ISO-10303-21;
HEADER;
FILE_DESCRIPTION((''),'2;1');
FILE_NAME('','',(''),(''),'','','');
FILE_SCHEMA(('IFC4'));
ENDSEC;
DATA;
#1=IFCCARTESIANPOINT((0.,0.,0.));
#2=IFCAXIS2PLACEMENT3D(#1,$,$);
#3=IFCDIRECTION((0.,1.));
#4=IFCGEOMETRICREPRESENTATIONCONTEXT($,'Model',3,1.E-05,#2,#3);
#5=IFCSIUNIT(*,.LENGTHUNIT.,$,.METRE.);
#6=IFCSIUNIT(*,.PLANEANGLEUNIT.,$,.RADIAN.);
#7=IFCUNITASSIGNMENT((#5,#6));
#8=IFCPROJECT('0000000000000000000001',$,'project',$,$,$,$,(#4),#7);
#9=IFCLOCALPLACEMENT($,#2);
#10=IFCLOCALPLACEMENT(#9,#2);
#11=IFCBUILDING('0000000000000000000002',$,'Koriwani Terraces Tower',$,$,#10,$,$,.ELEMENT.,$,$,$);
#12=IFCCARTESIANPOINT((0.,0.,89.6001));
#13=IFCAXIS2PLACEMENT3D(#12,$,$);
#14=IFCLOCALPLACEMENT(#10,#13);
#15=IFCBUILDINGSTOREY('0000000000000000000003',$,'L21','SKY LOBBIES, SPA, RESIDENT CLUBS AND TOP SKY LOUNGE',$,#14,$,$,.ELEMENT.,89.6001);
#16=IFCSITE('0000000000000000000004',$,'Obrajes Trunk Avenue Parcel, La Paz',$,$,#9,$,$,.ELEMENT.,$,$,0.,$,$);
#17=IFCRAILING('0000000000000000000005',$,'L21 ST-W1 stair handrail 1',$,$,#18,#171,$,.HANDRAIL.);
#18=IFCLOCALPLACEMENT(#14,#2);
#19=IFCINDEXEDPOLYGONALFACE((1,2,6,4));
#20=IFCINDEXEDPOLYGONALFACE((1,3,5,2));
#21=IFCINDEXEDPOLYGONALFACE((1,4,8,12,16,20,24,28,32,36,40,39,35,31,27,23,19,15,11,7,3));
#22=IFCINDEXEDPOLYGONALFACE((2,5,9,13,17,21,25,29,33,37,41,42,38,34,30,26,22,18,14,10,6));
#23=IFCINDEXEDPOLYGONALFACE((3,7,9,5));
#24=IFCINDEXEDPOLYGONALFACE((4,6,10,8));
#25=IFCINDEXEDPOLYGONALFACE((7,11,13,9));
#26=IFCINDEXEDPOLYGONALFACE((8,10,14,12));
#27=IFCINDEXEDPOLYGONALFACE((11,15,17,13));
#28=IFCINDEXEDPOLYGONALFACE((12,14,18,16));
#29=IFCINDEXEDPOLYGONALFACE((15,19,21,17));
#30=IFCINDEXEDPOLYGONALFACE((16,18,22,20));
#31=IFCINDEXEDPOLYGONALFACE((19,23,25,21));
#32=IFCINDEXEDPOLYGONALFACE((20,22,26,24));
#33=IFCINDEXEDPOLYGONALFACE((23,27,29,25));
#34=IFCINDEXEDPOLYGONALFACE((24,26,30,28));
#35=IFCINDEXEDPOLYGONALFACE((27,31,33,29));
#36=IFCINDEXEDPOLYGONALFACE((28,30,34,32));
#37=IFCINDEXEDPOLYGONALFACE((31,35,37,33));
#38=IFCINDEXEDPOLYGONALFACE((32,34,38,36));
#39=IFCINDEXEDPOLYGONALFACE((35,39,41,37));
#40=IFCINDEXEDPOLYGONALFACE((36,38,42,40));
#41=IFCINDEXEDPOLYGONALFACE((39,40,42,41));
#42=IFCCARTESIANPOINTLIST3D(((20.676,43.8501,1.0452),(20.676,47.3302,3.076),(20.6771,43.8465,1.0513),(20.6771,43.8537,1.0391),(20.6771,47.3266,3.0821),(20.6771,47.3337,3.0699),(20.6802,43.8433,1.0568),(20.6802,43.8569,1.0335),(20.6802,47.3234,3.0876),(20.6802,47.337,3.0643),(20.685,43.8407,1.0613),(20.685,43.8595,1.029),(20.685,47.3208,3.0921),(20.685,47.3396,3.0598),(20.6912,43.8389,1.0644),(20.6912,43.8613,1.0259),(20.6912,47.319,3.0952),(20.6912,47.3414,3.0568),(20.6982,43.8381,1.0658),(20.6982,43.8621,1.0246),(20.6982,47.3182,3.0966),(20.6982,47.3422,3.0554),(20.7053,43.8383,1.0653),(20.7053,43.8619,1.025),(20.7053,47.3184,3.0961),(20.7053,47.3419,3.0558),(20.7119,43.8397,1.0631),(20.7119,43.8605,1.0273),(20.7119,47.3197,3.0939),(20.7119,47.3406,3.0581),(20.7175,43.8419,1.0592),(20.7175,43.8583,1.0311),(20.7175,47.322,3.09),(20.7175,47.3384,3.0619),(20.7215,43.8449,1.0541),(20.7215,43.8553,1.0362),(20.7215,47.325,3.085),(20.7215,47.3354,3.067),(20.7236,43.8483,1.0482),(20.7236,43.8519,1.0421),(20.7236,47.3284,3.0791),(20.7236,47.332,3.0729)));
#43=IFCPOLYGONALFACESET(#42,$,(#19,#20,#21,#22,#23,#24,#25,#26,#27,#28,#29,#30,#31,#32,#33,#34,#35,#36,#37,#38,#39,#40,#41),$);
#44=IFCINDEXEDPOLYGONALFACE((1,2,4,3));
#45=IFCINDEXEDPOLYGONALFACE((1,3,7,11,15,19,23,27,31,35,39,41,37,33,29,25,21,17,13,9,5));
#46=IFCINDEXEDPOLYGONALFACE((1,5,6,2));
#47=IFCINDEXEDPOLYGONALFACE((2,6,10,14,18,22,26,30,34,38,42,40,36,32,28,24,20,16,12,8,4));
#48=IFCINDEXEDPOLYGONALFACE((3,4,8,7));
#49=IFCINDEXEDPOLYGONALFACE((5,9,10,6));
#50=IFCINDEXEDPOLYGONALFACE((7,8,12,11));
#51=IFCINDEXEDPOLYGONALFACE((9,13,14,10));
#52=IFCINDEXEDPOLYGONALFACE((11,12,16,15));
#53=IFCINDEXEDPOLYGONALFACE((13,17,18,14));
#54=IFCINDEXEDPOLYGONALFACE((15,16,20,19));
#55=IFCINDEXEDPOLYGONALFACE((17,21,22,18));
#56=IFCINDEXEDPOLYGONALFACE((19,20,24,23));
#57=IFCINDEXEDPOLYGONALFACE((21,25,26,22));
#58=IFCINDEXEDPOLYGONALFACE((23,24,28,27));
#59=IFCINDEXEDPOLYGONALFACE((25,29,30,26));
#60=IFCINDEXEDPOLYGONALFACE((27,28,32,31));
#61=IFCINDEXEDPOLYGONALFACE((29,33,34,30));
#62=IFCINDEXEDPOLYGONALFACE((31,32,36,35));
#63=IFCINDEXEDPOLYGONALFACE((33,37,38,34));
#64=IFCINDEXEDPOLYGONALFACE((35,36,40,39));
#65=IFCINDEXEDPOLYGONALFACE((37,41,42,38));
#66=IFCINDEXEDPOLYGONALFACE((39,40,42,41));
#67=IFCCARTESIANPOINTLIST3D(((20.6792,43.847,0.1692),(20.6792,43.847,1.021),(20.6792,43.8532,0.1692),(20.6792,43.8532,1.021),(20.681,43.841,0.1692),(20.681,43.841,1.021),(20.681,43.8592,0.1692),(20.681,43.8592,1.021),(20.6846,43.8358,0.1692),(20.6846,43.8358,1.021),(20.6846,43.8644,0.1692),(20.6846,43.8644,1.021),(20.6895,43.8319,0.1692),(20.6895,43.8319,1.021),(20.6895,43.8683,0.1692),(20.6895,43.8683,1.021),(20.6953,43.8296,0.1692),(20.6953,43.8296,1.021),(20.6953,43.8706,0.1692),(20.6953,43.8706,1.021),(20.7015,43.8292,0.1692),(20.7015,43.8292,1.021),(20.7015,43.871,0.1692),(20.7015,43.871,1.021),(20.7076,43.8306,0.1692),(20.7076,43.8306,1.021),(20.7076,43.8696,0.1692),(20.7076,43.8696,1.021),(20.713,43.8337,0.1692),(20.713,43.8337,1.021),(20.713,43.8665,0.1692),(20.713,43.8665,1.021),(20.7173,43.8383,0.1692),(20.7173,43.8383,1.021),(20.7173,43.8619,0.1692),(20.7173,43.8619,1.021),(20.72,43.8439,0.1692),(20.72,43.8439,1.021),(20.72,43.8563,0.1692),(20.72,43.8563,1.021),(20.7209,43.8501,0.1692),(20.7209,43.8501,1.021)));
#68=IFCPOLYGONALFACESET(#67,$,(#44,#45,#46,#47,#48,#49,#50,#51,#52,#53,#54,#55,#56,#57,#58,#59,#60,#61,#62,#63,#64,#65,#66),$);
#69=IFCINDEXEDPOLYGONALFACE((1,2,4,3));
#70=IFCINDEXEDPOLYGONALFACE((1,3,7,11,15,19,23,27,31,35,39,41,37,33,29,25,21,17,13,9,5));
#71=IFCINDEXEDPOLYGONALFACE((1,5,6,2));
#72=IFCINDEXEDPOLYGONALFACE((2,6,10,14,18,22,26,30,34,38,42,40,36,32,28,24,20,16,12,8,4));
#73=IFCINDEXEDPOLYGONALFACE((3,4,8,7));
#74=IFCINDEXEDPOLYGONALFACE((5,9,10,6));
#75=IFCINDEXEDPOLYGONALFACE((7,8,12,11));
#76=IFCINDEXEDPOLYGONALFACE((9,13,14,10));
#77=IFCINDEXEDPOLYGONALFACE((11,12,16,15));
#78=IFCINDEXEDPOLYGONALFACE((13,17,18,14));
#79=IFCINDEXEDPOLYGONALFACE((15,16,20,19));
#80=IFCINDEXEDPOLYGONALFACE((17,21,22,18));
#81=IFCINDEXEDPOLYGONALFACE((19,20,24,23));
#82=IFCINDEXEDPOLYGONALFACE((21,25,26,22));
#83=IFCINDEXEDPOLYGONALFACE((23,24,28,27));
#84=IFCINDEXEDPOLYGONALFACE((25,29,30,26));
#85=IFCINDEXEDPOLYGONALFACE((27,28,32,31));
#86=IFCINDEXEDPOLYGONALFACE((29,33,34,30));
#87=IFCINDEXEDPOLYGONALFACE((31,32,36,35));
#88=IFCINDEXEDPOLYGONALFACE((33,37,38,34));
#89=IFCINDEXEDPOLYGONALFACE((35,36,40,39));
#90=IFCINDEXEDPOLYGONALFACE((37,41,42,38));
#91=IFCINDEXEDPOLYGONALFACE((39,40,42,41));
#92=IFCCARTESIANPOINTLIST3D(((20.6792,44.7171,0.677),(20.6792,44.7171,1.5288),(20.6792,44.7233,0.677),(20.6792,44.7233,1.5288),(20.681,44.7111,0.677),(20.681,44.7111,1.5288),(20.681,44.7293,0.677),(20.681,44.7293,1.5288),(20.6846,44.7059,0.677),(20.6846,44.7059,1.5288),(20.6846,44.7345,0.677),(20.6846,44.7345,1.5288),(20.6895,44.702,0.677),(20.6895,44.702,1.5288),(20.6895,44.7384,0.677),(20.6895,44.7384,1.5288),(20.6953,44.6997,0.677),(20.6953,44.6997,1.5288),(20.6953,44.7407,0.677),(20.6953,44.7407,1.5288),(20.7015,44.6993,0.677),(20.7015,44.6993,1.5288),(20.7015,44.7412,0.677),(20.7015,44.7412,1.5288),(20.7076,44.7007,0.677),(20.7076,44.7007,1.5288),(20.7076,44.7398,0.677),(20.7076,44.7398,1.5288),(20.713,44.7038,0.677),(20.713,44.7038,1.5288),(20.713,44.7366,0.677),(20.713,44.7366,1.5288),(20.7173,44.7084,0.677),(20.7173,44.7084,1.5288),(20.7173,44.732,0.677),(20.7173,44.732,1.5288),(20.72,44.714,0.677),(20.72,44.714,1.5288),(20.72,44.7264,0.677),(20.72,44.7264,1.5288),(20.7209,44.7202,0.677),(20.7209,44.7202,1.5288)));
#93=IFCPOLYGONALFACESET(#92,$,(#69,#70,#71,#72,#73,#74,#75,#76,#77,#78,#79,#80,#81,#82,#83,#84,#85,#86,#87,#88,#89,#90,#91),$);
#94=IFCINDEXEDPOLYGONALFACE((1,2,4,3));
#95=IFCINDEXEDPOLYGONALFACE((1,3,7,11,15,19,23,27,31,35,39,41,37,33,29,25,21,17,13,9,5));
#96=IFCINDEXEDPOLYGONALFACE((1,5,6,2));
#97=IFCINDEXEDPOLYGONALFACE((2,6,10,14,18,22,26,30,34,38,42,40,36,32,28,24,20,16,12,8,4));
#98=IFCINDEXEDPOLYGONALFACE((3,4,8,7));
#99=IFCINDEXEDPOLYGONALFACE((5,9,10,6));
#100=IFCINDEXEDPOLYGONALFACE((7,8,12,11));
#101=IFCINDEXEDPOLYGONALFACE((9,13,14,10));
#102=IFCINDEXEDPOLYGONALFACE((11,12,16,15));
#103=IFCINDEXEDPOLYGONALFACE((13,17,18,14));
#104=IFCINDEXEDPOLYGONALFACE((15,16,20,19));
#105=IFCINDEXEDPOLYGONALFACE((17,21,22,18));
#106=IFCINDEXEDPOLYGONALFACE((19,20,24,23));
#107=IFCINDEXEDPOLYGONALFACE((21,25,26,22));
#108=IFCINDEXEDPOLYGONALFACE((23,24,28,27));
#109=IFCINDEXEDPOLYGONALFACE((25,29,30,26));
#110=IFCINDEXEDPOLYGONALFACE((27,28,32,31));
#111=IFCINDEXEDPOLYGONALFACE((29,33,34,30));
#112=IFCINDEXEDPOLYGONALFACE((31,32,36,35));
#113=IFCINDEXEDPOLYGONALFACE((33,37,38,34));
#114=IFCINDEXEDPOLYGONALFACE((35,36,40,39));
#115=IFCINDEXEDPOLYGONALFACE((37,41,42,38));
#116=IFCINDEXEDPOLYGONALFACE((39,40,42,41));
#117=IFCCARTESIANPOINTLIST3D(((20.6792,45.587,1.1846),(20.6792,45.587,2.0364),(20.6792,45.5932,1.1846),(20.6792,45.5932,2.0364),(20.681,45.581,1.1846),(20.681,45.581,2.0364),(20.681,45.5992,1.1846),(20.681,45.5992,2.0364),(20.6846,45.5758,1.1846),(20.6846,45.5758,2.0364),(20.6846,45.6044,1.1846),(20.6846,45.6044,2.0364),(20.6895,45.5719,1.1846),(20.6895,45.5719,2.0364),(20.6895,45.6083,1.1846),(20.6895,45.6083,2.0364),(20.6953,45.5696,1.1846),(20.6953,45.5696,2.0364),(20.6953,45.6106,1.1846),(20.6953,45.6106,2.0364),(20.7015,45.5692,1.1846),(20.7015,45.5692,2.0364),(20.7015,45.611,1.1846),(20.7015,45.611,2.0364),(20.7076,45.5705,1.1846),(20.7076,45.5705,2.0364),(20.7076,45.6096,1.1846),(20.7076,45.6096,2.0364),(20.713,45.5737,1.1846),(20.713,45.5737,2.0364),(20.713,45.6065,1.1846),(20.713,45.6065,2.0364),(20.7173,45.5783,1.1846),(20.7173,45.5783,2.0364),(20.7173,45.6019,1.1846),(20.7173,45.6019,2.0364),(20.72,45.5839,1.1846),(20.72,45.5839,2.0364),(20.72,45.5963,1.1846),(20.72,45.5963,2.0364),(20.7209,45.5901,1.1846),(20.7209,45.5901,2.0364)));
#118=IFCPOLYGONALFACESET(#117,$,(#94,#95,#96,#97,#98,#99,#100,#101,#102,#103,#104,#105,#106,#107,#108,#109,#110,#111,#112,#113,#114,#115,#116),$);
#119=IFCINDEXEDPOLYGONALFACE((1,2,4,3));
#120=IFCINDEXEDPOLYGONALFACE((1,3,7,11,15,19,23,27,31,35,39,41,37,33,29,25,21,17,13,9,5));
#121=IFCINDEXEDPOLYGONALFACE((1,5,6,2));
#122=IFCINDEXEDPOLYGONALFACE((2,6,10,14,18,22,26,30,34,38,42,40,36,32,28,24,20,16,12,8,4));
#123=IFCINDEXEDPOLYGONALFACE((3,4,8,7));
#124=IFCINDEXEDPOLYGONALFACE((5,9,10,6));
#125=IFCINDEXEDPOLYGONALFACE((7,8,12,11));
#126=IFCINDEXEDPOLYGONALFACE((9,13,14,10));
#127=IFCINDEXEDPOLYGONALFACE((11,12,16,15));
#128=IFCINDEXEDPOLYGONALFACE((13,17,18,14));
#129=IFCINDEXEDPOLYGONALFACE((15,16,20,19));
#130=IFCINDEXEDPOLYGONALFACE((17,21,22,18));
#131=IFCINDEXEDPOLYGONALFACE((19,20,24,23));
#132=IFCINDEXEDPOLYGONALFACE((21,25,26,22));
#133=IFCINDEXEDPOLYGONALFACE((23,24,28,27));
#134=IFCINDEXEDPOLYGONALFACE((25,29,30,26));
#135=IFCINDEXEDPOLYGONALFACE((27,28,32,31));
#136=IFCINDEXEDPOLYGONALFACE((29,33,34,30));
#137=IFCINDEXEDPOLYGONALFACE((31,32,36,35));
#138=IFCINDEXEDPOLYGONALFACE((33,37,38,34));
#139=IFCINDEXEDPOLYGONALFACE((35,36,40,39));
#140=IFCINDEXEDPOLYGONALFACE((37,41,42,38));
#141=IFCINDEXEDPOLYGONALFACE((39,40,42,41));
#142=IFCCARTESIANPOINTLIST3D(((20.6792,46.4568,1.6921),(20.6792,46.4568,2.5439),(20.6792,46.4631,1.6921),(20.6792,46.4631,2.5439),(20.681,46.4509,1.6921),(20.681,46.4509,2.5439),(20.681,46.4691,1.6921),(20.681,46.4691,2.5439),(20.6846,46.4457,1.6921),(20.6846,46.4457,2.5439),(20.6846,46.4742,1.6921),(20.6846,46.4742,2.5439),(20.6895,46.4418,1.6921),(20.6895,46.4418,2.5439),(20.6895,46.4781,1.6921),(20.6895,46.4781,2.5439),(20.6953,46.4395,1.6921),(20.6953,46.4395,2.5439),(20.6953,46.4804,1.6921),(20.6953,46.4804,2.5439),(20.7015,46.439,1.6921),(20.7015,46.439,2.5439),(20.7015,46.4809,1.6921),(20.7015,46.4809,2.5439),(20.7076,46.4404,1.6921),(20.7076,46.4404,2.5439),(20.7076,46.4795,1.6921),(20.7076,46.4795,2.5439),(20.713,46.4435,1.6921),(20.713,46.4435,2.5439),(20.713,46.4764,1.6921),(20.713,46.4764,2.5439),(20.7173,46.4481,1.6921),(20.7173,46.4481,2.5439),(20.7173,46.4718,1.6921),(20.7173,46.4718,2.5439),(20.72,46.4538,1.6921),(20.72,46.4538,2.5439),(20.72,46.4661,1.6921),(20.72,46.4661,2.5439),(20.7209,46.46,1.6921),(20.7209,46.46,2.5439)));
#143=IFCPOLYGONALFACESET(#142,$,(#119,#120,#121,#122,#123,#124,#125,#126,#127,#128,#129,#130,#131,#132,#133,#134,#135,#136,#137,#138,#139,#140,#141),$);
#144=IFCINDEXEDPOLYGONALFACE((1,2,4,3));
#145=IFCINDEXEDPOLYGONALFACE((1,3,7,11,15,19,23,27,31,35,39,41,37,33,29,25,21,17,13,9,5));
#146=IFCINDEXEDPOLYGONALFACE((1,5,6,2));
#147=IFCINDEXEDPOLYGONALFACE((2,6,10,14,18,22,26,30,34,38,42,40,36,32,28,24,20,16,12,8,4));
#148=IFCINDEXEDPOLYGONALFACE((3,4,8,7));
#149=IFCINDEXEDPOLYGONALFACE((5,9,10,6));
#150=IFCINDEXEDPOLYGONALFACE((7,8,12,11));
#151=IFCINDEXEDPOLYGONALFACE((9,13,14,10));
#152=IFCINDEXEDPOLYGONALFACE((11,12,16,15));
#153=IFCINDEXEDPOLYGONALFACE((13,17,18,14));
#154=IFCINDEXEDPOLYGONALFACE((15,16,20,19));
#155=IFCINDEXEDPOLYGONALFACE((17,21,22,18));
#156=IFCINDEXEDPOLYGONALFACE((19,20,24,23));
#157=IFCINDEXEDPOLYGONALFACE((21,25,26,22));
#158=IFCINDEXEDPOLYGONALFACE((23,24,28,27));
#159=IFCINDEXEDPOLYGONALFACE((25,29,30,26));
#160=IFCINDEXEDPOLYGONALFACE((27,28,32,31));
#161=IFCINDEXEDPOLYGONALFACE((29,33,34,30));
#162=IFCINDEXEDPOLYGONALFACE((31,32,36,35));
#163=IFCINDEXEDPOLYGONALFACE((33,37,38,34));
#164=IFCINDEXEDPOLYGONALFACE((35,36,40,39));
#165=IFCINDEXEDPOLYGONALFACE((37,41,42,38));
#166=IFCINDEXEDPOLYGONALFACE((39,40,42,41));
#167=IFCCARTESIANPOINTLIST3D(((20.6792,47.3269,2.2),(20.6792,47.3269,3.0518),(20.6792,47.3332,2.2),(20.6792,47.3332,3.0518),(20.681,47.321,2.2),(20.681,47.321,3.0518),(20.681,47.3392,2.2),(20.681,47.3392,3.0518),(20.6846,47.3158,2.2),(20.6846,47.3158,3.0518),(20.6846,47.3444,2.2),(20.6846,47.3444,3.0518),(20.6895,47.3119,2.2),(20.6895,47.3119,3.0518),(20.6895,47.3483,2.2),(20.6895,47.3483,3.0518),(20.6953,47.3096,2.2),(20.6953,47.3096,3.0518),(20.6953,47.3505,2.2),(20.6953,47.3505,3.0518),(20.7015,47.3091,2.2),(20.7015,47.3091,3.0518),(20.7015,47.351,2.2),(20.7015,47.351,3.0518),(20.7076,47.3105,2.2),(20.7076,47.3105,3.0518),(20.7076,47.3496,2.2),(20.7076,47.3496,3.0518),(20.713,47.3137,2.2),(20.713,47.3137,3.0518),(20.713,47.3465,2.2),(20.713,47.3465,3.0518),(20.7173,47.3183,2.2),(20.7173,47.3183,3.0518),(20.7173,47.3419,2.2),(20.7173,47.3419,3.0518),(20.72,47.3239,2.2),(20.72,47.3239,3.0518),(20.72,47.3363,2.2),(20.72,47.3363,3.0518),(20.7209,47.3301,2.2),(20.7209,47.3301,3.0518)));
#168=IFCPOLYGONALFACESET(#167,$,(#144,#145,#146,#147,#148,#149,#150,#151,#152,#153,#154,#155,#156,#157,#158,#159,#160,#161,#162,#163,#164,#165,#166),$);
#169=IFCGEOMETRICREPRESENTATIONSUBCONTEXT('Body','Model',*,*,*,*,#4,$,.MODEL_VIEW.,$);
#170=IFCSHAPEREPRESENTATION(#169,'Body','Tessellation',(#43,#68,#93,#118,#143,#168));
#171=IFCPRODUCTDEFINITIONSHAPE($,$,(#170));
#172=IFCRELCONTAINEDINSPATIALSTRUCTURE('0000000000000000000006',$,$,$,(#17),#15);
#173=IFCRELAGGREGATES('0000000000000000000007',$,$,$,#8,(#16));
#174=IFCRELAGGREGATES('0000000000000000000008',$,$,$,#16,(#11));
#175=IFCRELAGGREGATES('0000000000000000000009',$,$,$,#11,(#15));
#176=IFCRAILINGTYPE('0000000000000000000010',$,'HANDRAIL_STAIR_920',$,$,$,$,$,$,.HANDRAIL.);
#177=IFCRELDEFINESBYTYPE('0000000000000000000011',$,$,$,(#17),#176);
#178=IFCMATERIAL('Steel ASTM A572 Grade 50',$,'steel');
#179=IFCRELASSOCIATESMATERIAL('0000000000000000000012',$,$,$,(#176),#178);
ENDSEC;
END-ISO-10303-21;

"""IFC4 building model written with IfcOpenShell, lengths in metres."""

from ifc_helpers import new_model, si_unit, direction, frame, origin, origin_2d, place, context, subcontext, project, spatial, circle, extrude, material, type_object, element, save


model = new_model("IFC4")

# Units and contexts
model_context = context("Model", 3, precision=1e-05, world=origin(), true_north=direction((0.0, 1.0)))
body_context = subcontext(model_context, "Body", "Model", "MODEL_VIEW")
ifc_project = project(units=[si_unit("LENGTHUNIT", "METRE"), si_unit("PLANEANGLEUNIT", "RADIAN")], contexts=[model_context])

# Site, building, storey
site_placement = place(None, origin())
site = spatial("IfcSite", under=ifc_project, at=site_placement, Name="Obrajes Trunk Avenue Parcel, La Paz", CompositionType="ELEMENT", RefElevation=0.0)
building_placement = place(site_placement, origin())
building = spatial("IfcBuilding", under=site, at=building_placement, Name="Koriwani Terraces Tower", CompositionType="ELEMENT")
storey_placement = place(building_placement, frame((0.0, 0.0, 89.6001)))
storey = spatial("IfcBuildingStorey", under=building, at=storey_placement, Name="L21", Description="SKY LOBBIES, SPA, RESIDENT CLUBS AND TOP SKY LOUNGE", CompositionType="ELEMENT", Elevation=89.6001)

# Shared definitions
ifc_material_1 = material(Name="Steel ASTM A572 Grade 50", Category="steel")

# Railing
railing_type_1 = type_object("IfcRailingType", Name="HANDRAIL_STAIR_920", PredefinedType="HANDRAIL", material=ifc_material_1)
railing_1_placement = place(storey_placement, frame((20.7, 43.8501, 0.1692)))
element("IfcRailing", 1, at=railing_1_placement, inside=storey, type_object=railing_type_1, Name="L21 ST-W1 stair handrail 1", PredefinedType="HANDRAIL", context=body_context, shape_type="SweptSolid", body=[
    extrude(circle(Radius=0.0239, at=origin_2d()), frame((0.0, 0.0, 0.876), z_axis=(0.0, 0.863695, 0.504014), x_axis=(-1.0, 0.0, 0.0)), (0.0, 0.0, 1.0), 4.0293),
    extrude(circle(Radius=0.021, at=origin_2d()), origin(), (0.0, 0.0, 1.0), 0.8518),
    extrude(circle(Radius=0.021, at=origin_2d()), frame((0.0, 0.8701, 0.5078)), (0.0, 0.0, 1.0), 0.8518),
    extrude(circle(Radius=0.021, at=origin_2d()), frame((0.0, 1.74, 1.0154)), (0.0, 0.0, 1.0), 0.8518),
    extrude(circle(Radius=0.021, at=origin_2d()), frame((0.0, 2.6099, 1.5229)), (0.0, 0.0, 1.0), 0.8518),
    extrude(circle(Radius=0.021, at=origin_2d()), frame((0.0, 3.48, 2.0308)), (0.0, 0.0, 1.0), 0.8518),
])

save(model, "model.ifc")
